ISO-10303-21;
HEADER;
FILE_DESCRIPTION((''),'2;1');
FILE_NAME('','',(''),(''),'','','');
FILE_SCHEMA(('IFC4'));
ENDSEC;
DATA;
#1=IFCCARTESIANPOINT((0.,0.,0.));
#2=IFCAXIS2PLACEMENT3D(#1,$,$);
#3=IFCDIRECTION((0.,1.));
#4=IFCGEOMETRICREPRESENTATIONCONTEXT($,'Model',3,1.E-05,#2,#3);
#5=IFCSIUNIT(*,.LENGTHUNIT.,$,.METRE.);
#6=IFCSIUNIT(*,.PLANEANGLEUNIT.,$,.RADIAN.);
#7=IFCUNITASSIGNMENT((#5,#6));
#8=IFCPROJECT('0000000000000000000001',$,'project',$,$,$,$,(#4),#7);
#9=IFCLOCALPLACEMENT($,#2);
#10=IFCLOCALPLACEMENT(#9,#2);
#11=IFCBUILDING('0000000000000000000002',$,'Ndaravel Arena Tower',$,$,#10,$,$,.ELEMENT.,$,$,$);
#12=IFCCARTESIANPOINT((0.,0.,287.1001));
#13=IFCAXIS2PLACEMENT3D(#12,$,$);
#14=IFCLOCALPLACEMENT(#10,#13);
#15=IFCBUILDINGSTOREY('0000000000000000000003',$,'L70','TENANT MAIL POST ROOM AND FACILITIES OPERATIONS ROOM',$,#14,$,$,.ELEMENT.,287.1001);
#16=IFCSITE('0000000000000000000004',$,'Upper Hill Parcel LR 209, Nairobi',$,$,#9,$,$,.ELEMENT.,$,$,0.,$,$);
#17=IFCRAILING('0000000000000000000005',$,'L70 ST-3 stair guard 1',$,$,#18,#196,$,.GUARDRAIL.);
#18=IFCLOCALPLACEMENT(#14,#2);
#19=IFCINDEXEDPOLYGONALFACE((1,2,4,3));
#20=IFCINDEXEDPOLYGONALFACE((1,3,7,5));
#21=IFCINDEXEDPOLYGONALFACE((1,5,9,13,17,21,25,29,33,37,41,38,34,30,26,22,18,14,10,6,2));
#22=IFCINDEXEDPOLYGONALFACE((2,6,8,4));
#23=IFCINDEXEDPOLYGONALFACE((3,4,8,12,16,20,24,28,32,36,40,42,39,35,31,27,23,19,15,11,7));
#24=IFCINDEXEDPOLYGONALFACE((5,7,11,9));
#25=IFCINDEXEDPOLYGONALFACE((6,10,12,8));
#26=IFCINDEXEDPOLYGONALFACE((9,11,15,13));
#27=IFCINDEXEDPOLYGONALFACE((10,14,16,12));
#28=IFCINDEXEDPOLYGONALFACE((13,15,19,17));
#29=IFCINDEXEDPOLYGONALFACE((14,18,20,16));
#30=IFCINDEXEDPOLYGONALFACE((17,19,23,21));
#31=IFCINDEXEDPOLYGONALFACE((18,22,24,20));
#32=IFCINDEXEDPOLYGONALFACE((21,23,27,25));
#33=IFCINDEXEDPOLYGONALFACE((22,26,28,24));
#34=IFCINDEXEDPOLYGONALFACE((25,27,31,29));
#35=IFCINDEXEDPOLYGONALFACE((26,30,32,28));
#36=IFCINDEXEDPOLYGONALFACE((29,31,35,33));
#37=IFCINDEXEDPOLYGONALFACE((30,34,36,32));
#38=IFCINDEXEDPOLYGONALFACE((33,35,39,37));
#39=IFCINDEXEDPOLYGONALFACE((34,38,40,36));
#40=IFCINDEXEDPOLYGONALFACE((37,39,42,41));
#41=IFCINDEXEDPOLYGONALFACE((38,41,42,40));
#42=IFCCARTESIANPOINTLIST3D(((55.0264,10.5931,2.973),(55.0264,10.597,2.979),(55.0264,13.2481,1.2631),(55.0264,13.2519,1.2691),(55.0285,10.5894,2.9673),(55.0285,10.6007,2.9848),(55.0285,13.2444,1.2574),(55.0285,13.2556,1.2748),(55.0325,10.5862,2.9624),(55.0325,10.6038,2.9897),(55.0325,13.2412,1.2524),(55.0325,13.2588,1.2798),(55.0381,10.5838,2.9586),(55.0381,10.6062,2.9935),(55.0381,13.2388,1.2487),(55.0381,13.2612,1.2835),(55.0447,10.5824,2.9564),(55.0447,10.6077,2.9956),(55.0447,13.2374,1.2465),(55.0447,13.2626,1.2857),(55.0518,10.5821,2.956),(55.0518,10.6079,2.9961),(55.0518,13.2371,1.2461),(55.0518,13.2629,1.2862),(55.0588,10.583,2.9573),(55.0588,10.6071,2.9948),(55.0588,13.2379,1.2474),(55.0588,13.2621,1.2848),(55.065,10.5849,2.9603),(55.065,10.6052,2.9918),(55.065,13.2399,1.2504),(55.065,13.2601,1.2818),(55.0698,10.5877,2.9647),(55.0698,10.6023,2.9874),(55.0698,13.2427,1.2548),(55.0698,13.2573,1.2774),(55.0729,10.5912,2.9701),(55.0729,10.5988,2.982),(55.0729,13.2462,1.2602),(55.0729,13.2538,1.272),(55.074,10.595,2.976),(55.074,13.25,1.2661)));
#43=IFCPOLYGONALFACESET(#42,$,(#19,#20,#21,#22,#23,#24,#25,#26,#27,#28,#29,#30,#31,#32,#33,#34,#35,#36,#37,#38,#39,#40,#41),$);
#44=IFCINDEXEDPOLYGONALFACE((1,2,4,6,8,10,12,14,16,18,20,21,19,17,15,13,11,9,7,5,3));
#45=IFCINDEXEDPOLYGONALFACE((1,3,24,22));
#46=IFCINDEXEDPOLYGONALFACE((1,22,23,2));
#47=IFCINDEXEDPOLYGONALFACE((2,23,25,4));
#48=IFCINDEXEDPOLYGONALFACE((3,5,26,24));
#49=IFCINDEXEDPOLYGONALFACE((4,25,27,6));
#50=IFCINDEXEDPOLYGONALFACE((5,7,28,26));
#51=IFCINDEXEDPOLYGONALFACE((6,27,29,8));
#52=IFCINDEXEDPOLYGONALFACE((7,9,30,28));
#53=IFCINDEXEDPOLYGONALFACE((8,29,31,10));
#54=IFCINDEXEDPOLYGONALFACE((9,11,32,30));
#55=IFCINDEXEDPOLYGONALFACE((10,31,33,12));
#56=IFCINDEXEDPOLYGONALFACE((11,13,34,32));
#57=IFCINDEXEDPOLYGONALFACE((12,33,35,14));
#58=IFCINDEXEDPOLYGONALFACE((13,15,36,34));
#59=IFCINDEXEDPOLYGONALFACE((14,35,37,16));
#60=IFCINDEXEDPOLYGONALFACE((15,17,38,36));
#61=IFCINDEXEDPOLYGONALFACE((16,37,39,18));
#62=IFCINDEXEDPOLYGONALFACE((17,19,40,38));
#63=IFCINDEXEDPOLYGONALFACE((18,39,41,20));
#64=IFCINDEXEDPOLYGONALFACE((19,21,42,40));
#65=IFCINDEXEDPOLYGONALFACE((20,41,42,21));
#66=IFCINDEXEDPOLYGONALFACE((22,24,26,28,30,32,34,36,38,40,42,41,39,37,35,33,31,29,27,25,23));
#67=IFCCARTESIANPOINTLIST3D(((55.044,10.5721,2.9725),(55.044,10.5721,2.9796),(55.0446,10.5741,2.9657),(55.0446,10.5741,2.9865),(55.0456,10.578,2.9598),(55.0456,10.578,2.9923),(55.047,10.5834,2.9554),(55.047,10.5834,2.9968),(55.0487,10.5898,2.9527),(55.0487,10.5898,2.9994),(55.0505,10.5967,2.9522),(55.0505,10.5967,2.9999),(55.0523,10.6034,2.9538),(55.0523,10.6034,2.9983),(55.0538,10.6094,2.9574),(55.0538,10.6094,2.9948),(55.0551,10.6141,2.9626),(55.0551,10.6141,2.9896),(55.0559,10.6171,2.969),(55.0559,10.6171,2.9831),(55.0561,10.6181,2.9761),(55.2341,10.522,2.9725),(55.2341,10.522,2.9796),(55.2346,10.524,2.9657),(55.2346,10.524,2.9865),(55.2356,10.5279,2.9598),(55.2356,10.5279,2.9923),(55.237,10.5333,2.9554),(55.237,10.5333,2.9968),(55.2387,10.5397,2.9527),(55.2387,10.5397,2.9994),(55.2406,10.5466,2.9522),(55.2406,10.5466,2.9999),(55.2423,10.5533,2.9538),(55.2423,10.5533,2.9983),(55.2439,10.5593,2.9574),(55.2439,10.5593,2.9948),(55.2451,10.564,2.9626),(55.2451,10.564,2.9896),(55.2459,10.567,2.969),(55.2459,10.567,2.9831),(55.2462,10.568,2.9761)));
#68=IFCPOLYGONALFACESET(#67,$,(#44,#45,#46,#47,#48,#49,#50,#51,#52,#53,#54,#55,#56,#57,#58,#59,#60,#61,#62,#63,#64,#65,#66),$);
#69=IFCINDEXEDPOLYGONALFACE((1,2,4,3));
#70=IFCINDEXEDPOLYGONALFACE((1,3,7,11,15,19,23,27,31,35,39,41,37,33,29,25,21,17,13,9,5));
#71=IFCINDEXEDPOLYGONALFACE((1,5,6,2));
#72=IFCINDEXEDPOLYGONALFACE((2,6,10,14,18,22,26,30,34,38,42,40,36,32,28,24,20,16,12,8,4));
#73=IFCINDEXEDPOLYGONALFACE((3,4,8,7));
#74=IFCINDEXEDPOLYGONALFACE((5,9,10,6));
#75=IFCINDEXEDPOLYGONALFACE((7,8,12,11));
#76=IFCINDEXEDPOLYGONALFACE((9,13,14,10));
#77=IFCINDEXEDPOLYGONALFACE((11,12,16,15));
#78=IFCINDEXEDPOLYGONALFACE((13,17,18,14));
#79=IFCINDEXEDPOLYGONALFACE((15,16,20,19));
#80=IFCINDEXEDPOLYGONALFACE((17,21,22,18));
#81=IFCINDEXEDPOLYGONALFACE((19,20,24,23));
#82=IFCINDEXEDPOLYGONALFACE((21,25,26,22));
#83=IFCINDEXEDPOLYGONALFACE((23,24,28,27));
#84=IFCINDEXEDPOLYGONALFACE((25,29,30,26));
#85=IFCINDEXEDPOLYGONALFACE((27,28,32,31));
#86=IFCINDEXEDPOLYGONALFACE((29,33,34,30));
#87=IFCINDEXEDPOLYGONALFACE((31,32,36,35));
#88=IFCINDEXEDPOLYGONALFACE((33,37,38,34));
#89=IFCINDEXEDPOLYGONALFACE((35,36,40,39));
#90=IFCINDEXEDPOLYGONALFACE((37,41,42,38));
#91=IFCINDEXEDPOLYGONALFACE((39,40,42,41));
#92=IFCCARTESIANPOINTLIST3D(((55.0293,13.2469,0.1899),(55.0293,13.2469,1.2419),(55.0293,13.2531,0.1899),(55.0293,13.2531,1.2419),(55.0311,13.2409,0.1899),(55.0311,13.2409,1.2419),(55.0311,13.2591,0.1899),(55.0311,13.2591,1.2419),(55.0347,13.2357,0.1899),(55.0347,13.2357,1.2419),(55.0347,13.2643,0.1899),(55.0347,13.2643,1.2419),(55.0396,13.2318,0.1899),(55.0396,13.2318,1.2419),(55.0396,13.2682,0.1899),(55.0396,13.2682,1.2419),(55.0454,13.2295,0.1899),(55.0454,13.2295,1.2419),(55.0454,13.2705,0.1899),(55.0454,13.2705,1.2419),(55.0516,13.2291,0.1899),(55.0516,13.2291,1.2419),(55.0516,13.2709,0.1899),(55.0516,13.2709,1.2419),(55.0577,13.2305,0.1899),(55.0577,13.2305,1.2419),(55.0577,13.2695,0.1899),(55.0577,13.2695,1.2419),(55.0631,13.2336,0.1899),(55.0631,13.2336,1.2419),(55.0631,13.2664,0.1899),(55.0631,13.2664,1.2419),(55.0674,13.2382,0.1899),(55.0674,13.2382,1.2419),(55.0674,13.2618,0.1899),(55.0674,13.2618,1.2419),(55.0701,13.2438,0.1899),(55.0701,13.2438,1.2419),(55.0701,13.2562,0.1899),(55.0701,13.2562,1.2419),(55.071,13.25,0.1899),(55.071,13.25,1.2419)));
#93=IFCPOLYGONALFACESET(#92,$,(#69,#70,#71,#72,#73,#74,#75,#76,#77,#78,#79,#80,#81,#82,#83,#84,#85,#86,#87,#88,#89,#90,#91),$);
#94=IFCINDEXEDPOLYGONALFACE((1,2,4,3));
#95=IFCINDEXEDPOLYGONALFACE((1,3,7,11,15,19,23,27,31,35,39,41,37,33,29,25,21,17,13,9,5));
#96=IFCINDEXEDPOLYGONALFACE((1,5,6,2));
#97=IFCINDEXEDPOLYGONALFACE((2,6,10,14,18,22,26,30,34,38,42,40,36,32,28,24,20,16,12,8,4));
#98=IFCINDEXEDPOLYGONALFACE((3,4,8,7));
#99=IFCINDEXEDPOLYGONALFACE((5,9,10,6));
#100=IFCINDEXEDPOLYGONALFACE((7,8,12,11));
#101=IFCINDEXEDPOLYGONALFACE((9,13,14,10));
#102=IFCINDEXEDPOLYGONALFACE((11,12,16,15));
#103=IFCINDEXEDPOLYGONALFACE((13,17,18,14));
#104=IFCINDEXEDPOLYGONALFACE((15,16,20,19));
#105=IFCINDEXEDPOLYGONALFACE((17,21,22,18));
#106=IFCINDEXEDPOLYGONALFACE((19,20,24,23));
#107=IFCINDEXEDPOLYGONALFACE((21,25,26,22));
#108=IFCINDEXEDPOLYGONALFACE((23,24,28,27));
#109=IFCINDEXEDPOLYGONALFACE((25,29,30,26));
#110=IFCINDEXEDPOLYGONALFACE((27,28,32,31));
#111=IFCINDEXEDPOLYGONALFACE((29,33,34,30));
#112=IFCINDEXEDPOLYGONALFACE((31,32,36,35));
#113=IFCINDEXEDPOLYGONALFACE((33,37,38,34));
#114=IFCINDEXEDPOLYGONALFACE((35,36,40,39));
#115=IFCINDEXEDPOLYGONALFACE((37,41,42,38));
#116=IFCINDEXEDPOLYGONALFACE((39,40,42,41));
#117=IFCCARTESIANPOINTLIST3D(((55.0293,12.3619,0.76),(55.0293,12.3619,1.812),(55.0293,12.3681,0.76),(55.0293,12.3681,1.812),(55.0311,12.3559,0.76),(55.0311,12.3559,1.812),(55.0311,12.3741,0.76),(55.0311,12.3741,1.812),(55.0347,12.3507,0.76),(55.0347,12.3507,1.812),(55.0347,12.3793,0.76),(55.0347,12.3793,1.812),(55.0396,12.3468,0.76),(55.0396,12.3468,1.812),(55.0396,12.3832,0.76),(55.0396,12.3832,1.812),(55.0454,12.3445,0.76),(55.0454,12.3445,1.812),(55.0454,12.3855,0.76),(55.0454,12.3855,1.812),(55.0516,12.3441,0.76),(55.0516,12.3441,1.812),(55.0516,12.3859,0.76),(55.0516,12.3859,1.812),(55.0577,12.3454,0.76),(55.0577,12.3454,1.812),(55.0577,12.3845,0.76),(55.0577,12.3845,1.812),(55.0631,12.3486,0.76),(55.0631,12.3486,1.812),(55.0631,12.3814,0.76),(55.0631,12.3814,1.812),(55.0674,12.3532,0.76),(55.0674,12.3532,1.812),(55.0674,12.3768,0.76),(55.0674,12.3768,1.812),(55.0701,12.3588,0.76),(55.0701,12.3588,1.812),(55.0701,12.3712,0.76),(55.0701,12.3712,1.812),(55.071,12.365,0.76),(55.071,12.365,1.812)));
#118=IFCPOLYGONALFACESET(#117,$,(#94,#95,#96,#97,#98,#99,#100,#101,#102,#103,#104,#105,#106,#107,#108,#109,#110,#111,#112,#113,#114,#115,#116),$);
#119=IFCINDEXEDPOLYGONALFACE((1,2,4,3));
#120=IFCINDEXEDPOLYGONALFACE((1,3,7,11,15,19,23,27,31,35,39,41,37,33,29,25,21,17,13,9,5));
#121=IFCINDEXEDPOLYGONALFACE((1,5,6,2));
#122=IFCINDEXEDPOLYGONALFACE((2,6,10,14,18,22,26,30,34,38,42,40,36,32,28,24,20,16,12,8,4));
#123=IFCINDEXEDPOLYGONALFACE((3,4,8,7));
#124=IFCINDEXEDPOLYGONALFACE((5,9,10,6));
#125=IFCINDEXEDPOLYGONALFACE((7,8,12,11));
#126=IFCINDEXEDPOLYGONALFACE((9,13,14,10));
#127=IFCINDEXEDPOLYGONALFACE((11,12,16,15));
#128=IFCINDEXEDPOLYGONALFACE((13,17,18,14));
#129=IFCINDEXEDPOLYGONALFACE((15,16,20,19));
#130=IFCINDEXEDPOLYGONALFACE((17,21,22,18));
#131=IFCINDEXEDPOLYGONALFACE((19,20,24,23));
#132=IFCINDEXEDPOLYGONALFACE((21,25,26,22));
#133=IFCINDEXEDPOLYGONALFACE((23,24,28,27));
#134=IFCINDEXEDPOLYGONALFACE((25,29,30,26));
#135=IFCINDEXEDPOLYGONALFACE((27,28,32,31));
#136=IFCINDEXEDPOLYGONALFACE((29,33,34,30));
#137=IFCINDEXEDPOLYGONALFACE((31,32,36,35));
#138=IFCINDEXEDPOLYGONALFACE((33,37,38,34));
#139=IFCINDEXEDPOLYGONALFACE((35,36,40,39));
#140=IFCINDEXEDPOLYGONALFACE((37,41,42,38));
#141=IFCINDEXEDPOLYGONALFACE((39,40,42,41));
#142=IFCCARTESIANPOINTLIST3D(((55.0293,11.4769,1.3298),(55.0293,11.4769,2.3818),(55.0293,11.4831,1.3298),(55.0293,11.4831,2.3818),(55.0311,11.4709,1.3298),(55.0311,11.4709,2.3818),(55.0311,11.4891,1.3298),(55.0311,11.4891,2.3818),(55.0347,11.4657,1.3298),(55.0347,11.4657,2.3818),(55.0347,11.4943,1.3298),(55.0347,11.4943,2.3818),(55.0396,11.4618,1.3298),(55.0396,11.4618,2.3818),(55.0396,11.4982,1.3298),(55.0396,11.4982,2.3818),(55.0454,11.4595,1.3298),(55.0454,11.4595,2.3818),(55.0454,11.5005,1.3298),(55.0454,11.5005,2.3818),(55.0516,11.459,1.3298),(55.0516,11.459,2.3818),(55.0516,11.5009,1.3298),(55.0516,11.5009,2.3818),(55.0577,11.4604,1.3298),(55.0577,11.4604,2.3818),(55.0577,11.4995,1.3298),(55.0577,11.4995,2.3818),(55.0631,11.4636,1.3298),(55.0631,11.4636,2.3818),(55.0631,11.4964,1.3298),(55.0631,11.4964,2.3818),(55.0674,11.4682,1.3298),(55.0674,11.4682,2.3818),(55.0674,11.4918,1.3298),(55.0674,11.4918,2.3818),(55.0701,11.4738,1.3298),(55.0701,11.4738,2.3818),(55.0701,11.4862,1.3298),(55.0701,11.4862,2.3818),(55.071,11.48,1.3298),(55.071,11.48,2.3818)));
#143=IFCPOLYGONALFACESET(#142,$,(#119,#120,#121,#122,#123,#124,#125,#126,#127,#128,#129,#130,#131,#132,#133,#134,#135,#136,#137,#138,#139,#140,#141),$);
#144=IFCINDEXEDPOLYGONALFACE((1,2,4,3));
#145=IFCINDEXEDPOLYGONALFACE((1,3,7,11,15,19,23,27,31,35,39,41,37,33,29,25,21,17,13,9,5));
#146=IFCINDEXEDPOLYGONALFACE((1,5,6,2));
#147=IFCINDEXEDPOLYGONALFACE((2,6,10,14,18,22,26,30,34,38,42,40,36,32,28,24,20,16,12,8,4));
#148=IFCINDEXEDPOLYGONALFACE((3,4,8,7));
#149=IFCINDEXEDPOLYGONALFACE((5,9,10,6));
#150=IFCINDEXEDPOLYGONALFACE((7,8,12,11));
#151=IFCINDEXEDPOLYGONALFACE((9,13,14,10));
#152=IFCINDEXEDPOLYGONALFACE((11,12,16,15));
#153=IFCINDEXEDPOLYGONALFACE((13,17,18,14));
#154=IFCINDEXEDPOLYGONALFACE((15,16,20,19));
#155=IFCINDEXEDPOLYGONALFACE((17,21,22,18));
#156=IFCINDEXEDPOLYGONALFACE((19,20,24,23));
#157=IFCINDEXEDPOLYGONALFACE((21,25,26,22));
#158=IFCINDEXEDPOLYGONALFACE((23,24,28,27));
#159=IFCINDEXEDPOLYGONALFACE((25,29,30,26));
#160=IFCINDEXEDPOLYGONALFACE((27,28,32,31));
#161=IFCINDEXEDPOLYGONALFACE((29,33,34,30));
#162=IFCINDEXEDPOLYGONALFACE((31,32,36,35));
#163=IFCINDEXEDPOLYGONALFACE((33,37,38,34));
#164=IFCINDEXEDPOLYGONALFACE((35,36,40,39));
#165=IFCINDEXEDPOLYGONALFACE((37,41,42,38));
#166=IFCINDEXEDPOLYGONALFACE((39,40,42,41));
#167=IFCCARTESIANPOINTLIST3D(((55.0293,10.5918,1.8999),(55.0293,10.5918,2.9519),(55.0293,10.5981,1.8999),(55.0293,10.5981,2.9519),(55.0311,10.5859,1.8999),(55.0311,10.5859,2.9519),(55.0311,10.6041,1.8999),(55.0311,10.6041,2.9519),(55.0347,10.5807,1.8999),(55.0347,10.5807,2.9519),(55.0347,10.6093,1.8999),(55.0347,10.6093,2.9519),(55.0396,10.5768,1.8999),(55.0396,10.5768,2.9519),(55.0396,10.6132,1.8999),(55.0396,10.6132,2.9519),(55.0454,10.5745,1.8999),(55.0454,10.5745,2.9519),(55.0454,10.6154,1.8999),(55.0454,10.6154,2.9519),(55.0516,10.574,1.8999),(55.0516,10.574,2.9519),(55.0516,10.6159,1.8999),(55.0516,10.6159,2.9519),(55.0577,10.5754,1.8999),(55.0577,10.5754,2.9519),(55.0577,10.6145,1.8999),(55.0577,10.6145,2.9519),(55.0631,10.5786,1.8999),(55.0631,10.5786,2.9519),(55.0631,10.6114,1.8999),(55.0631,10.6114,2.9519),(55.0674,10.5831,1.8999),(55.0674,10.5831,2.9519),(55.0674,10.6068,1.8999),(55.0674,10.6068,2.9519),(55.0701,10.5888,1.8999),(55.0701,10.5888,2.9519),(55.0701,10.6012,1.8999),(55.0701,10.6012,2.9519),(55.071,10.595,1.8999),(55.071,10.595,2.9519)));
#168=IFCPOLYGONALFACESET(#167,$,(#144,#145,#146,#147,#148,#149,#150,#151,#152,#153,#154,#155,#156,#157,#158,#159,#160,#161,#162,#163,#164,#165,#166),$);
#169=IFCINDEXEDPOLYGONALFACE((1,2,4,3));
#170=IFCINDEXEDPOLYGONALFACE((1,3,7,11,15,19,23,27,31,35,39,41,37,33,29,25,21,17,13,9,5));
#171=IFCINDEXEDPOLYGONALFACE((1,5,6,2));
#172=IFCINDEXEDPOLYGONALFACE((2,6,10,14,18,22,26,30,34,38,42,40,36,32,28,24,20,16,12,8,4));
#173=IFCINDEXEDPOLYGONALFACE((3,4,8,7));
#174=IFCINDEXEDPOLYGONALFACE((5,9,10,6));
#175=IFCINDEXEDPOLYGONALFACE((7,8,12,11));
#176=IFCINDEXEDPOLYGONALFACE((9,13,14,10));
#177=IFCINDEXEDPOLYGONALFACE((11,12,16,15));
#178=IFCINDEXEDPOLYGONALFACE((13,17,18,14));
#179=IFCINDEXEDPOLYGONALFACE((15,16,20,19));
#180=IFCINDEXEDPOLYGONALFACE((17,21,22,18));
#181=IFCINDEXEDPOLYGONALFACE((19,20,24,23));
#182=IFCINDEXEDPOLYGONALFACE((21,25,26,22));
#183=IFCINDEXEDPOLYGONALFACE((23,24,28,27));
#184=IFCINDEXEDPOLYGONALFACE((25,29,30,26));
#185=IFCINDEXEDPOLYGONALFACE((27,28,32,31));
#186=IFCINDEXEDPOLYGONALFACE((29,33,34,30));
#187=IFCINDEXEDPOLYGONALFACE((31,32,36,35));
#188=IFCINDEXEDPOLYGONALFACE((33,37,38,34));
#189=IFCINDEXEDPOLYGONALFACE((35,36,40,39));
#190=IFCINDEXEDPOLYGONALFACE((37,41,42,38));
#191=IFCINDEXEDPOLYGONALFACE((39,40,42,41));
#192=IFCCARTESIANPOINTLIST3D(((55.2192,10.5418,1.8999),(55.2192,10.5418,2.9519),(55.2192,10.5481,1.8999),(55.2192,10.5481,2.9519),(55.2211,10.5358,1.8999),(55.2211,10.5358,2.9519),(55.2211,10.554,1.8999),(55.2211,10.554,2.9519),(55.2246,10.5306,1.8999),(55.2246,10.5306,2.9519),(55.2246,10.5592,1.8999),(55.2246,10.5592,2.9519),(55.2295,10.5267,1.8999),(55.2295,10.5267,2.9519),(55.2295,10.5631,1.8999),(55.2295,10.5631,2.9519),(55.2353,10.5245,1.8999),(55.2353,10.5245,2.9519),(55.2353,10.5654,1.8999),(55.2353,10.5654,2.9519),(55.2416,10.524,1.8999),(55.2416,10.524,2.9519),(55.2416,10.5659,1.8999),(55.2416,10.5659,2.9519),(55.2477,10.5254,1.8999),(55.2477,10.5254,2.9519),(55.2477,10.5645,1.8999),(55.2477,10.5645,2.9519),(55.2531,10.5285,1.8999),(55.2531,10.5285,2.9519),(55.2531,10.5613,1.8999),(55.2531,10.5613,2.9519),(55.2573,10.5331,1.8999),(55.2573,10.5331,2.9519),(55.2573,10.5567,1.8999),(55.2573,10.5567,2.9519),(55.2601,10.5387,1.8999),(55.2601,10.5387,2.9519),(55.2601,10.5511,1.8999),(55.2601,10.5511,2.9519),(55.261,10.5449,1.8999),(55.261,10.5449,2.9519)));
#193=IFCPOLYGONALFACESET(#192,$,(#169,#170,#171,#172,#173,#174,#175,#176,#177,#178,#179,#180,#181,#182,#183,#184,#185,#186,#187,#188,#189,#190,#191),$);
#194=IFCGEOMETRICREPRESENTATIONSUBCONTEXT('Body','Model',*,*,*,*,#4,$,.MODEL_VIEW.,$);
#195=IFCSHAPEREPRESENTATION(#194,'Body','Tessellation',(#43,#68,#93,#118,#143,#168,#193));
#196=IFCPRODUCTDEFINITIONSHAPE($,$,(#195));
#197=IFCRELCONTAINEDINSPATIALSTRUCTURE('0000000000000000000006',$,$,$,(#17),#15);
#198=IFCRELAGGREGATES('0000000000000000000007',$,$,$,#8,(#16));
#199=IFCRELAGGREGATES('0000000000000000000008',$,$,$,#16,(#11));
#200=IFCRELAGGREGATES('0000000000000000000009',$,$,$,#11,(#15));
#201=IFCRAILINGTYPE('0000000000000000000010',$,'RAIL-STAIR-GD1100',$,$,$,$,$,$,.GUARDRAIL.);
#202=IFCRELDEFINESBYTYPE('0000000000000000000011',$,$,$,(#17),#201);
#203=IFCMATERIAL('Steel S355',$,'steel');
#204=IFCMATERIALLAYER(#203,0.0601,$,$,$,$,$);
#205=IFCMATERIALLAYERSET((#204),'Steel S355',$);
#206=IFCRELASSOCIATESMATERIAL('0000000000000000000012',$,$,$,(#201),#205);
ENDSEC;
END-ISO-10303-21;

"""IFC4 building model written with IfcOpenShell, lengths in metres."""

from ifc_helpers import new_model, si_unit, direction, frame, origin, origin_2d, place, context, subcontext, project, spatial, circle, extrude, material, layer, layer_set, type_object, element, save


model = new_model("IFC4")

# Units and contexts
model_context = context("Model", 3, precision=1e-05, world=origin(), true_north=direction((0.0, 1.0)))
body_context = subcontext(model_context, "Body", "Model", "MODEL_VIEW")
ifc_project = project(units=[si_unit("LENGTHUNIT", "METRE"), si_unit("PLANEANGLEUNIT", "RADIAN")], contexts=[model_context])

# Site, building, storey
site_placement = place(None, origin())
site = spatial("IfcSite", under=ifc_project, at=site_placement, Name="Upper Hill Parcel LR 209, Nairobi", CompositionType="ELEMENT", RefElevation=0.0)
building_placement = place(site_placement, origin())
building = spatial("IfcBuilding", under=site, at=building_placement, Name="Ndaravel Arena Tower", CompositionType="ELEMENT")
storey_placement = place(building_placement, frame((0.0, 0.0, 287.1001)))
storey = spatial("IfcBuildingStorey", under=building, at=storey_placement, Name="L70", Description="TENANT MAIL POST ROOM AND FACILITIES OPERATIONS ROOM", CompositionType="ELEMENT", Elevation=287.1001)

# Railing
ifc_material_1 = material(Name="Steel S355", Category="steel")
ifc_layer_1 = layer(ifc_material_1, 0.0601)
ifc_layer_set_1 = layer_set([ifc_layer_1], Name="Steel S355")
railing_type_1 = type_object("IfcRailingType", Name="RAIL-STAIR-GD1100", PredefinedType="GUARDRAIL", material=ifc_layer_set_1)
railing_1_placement = place(storey_placement, frame((55.05, 13.25, 0.1899)))
element("IfcRailing", 1, at=railing_1_placement, inside=storey, type_object=railing_type_1, Name="L70 ST-3 stair guard 1", PredefinedType="GUARDRAIL", context=body_context, shape_type="SweptSolid", body=[
    extrude(circle(Radius=0.0239, at=origin_2d()), frame((0.0, 0.0, 1.0762), z_axis=(0.0, -0.840724, 0.541465), x_axis=(1.0, 0.0, 0.0)), (0.0, 0.0, 1.0), 3.158),
    extrude(circle(Radius=0.0239, at=origin_2d()), frame((0.0, -2.655, 2.7861), z_axis=(0.966994, -0.254799, 0.0), x_axis=(0.254799, 0.966994, 0.0)), (0.0, 0.0, 1.0), 0.1965),
    extrude(circle(Radius=0.021, at=origin_2d()), origin(), (0.0, 0.0, 1.0), 1.052),
    extrude(circle(Radius=0.021, at=origin_2d()), frame((0.0, -0.885, 0.5701)), (0.0, 0.0, 1.0), 1.052),
    extrude(circle(Radius=0.021, at=origin_2d()), frame((0.0, -1.77, 1.1399)), (0.0, 0.0, 1.0), 1.052),
    extrude(circle(Radius=0.021, at=origin_2d()), frame((0.0, -2.655, 1.71)), (0.0, 0.0, 1.0), 1.052),
    extrude(circle(Radius=0.021, at=origin_2d()), frame((0.1899, -2.7051, 1.71)), (0.0, 0.0, 1.0), 1.052),
])

save(model, "model.ifc")
